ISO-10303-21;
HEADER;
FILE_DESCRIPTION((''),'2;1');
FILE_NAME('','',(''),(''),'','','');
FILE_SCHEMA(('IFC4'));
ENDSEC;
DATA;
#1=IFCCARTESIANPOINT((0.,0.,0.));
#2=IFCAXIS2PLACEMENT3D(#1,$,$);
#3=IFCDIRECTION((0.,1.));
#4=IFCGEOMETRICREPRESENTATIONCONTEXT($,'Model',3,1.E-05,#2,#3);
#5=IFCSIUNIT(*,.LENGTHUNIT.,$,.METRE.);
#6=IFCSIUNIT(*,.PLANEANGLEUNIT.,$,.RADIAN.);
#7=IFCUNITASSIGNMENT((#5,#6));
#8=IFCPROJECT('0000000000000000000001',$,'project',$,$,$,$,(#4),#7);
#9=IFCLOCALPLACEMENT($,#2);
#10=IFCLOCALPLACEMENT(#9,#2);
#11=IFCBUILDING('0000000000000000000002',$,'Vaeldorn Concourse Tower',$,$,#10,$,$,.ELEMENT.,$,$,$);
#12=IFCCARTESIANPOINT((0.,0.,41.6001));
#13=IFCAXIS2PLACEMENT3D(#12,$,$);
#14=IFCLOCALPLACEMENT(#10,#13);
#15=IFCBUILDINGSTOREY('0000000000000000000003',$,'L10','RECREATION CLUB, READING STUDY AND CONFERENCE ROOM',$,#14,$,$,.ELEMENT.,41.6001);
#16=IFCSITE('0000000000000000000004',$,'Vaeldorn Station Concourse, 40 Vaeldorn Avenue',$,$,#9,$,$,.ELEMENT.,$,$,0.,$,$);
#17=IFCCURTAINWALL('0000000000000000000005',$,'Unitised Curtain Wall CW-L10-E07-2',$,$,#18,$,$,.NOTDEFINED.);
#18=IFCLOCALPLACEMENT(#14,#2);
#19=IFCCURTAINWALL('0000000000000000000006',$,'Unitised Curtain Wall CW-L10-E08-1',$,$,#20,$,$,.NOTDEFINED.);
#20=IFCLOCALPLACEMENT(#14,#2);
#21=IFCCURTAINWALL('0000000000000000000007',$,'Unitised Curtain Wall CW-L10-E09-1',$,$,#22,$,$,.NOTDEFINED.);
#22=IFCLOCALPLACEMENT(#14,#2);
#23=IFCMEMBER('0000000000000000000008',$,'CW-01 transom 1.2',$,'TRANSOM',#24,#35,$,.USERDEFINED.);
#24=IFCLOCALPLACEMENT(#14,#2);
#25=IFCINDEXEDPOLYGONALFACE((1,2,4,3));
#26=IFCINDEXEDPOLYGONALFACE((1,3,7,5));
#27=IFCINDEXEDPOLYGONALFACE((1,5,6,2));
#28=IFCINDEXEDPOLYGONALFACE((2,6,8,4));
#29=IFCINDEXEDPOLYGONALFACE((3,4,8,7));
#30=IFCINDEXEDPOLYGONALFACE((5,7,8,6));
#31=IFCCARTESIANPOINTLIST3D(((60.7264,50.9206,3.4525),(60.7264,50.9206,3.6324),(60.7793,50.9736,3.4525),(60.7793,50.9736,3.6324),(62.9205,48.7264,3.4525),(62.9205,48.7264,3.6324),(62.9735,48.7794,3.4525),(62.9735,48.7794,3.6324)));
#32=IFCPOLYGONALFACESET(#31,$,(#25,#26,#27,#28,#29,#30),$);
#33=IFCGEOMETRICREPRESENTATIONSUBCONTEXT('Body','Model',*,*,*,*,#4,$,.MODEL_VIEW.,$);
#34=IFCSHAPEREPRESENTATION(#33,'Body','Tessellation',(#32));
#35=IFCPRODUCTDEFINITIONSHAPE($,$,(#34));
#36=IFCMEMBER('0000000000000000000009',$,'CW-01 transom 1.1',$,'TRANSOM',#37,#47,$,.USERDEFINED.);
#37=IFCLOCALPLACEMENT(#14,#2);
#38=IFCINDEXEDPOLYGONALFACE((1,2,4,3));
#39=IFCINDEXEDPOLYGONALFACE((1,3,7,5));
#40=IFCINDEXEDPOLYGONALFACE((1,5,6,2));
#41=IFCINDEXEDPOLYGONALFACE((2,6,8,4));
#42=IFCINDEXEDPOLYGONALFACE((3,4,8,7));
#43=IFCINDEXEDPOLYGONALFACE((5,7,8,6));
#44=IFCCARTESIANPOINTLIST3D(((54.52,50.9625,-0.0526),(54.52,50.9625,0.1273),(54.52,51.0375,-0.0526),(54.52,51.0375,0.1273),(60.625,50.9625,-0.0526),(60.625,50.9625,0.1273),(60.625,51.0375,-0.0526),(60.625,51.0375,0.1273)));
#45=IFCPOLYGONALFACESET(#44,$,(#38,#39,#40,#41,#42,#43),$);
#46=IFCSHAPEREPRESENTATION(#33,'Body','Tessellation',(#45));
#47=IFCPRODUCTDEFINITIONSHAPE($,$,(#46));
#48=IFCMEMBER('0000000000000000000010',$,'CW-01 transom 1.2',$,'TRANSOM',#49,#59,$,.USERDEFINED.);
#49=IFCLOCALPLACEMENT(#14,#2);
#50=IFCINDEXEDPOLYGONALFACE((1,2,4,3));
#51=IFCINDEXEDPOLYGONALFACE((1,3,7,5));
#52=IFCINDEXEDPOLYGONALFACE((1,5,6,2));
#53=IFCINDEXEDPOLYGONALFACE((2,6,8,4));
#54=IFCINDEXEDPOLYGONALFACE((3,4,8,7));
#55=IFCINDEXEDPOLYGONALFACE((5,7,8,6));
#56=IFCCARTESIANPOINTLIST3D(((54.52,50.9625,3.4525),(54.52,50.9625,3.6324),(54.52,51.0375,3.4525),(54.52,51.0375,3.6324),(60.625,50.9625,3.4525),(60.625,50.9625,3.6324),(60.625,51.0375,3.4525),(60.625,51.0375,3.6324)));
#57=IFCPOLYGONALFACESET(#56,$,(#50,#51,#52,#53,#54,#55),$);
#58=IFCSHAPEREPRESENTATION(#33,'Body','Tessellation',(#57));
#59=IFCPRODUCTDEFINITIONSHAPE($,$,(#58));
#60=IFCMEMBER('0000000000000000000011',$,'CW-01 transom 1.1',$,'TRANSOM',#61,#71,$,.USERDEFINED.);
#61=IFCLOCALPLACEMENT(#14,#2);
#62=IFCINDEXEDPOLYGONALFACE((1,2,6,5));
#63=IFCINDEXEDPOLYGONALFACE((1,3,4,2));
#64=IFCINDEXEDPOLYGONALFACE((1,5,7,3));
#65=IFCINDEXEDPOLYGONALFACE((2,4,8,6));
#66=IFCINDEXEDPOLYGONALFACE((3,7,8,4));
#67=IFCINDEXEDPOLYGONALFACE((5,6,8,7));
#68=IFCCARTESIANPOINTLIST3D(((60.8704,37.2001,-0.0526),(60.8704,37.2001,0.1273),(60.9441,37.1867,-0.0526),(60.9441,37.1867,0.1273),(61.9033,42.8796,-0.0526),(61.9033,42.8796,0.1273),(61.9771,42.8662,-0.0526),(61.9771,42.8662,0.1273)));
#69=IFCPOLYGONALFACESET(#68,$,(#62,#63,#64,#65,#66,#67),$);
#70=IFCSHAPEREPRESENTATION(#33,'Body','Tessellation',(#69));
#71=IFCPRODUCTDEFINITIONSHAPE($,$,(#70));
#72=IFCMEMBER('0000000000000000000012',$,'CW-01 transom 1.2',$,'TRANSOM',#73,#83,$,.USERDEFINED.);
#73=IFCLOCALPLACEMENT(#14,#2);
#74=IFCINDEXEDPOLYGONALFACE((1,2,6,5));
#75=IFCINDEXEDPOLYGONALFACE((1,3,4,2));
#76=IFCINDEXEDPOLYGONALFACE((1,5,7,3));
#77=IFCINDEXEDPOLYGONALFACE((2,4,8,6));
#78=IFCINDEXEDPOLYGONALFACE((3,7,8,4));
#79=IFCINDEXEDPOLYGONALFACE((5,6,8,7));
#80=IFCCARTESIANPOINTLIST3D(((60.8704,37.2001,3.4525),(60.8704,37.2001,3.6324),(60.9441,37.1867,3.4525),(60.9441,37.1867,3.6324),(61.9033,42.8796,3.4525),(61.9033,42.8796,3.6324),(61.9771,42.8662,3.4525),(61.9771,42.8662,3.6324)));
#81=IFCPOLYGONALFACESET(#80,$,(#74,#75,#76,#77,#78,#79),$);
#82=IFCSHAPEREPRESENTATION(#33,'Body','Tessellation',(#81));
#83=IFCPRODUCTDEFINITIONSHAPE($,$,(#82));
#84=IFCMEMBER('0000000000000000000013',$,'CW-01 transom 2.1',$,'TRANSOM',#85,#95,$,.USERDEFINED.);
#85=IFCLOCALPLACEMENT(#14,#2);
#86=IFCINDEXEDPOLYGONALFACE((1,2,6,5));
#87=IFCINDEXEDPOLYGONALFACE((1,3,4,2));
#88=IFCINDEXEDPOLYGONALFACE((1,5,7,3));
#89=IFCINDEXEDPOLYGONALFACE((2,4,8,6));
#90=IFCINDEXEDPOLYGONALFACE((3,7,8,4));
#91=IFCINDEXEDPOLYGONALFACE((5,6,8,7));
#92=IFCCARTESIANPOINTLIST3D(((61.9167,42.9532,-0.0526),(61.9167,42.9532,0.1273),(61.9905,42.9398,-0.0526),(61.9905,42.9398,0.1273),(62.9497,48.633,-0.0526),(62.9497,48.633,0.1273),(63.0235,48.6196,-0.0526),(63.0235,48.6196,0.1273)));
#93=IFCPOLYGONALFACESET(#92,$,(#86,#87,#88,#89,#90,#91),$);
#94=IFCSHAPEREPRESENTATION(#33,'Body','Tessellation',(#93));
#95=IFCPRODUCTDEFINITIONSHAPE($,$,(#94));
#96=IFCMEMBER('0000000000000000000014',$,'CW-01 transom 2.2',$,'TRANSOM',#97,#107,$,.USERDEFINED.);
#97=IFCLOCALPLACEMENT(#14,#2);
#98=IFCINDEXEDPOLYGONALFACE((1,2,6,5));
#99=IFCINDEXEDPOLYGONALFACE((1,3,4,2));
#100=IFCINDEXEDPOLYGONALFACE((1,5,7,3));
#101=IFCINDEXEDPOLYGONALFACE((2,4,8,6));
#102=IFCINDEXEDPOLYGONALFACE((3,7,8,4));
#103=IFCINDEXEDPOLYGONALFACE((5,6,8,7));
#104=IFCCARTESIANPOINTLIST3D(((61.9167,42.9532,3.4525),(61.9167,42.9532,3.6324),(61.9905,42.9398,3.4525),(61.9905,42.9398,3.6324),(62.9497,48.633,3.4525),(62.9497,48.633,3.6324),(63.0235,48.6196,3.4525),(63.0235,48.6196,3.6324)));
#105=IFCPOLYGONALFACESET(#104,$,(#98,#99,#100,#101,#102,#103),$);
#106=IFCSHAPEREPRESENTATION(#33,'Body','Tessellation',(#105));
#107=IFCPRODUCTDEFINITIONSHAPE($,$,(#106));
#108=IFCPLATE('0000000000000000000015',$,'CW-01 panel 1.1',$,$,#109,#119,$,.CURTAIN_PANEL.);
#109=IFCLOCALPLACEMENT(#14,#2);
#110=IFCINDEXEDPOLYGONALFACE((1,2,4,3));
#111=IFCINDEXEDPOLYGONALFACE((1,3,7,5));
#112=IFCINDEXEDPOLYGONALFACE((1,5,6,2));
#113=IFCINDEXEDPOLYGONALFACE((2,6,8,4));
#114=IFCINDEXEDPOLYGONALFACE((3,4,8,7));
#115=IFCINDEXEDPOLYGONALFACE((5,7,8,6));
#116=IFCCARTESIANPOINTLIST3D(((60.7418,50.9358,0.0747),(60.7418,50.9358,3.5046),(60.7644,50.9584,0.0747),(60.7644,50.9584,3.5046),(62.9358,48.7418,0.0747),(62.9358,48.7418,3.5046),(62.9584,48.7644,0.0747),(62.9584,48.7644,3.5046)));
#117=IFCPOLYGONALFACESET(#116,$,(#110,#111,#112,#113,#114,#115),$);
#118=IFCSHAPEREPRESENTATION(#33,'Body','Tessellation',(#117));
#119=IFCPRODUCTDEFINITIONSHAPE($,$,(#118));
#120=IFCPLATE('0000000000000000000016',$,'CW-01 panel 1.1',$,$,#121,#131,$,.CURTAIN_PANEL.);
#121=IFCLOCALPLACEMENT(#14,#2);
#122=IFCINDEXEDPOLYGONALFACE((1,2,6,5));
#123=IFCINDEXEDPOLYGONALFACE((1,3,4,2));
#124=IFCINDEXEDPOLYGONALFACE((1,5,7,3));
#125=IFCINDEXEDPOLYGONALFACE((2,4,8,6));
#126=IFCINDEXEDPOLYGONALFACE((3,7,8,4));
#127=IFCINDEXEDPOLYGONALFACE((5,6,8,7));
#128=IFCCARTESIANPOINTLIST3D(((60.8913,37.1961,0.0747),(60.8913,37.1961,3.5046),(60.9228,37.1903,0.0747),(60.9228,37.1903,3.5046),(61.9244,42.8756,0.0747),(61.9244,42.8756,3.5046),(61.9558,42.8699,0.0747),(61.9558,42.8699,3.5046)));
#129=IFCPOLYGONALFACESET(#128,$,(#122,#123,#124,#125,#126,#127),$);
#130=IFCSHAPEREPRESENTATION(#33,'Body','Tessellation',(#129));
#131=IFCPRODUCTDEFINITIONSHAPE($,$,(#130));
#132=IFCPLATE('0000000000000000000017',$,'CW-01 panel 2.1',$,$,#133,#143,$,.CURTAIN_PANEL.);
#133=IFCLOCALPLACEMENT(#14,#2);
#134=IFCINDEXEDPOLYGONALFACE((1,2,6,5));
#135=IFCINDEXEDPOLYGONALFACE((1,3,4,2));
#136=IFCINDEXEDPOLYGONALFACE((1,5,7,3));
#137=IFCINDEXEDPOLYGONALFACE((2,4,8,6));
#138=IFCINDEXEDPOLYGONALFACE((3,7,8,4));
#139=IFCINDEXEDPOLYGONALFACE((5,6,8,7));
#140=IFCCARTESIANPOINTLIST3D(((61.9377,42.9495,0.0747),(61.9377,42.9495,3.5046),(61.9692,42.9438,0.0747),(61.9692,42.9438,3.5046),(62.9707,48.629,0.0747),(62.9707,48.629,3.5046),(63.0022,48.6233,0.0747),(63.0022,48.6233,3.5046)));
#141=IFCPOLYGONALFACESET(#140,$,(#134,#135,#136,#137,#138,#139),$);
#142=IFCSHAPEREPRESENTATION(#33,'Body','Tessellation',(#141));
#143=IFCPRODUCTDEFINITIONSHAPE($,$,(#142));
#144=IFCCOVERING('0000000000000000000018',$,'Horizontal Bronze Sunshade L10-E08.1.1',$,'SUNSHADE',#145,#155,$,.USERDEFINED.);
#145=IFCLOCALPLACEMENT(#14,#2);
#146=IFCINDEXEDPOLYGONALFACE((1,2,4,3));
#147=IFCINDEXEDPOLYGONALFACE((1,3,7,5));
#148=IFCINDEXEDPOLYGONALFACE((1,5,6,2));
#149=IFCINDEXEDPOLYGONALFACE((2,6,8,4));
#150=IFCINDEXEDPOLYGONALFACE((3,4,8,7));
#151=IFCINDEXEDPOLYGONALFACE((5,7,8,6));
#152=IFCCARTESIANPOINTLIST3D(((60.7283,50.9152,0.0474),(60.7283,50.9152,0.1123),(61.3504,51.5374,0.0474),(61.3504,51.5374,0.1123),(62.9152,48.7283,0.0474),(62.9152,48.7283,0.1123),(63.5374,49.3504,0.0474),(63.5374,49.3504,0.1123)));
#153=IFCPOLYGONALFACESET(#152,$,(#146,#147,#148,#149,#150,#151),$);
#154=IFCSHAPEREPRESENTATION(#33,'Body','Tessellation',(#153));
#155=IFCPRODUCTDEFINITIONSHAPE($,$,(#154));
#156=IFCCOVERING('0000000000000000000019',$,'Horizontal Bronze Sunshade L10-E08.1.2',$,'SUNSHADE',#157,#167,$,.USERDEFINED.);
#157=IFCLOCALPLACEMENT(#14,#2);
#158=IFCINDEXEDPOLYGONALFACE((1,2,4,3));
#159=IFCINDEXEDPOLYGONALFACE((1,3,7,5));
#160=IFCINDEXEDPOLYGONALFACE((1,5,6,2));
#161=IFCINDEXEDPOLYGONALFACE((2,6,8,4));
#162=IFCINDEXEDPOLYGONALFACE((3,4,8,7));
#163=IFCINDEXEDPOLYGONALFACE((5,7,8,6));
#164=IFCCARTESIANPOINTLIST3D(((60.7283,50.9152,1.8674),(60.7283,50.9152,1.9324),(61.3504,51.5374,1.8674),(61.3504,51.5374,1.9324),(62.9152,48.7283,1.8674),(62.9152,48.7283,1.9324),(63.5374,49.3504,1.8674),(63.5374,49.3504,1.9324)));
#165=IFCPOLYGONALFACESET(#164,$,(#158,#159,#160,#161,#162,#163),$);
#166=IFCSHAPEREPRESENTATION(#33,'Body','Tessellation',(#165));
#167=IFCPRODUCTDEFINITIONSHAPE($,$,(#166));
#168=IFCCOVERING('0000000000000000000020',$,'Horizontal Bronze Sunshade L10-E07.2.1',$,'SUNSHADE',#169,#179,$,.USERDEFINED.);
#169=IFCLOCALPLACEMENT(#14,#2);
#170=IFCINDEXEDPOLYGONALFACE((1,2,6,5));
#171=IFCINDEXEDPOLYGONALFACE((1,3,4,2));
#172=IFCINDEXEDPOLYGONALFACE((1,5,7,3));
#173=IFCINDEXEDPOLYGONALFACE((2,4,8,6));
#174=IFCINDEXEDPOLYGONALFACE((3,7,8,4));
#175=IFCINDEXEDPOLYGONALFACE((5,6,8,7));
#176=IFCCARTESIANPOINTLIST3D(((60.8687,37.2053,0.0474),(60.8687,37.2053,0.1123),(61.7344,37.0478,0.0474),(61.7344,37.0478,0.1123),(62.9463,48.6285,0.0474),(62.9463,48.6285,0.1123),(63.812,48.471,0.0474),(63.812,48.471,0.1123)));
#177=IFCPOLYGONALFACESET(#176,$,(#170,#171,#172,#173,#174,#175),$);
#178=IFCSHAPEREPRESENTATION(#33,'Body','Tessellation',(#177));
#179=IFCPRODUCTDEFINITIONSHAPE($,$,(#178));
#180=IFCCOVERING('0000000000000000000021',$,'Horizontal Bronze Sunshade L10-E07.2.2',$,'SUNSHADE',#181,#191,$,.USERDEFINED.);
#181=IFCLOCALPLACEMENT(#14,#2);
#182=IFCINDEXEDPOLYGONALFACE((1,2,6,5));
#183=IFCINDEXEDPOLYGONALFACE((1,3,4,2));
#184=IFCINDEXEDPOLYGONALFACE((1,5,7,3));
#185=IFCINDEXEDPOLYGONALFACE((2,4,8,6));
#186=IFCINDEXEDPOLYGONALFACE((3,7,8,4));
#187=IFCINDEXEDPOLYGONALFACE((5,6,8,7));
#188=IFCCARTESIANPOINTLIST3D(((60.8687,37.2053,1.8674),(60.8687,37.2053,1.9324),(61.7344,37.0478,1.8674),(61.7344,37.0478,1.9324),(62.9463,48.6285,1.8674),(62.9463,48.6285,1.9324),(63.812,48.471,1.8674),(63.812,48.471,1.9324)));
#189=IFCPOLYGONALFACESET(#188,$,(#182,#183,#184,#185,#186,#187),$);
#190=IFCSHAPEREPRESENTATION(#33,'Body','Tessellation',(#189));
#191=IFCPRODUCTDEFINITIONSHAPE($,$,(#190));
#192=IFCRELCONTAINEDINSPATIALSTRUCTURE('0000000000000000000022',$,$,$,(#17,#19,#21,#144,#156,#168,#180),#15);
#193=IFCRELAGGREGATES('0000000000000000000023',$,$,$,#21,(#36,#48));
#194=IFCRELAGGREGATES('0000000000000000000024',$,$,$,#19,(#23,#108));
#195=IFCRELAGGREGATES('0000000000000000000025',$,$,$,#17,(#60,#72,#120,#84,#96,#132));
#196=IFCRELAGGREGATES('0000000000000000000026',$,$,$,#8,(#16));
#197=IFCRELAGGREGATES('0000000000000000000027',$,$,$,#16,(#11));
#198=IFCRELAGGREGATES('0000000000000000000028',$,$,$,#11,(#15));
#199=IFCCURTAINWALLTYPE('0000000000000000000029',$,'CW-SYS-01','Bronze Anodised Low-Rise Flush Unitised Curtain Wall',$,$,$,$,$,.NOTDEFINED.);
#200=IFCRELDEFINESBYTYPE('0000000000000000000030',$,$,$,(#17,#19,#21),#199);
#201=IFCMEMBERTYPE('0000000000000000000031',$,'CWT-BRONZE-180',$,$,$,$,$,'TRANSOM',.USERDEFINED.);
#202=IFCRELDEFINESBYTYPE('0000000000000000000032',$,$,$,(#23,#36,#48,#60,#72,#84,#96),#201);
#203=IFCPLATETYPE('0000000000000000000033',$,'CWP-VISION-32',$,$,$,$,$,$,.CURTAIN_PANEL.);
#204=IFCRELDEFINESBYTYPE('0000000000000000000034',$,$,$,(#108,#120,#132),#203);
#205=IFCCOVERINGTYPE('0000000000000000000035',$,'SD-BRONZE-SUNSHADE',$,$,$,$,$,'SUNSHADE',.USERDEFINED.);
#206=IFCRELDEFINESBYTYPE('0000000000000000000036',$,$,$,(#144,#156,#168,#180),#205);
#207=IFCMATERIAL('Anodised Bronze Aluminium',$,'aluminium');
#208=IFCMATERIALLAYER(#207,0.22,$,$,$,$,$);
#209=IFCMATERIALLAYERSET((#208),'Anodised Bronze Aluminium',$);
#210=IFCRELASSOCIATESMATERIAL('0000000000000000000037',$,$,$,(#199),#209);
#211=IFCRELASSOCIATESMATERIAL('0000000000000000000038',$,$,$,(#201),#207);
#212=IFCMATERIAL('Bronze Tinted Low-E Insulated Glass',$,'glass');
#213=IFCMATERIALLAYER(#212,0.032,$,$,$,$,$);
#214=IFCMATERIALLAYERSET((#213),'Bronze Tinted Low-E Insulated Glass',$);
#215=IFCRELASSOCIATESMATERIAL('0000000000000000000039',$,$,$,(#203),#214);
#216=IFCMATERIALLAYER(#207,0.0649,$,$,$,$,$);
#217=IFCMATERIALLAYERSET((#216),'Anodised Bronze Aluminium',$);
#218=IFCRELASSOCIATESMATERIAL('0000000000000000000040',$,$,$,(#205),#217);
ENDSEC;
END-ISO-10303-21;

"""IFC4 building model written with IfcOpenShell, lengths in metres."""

from ifc_helpers import new_model, si_unit, direction, frame, origin, origin_2d, place, context, subcontext, project, spatial, rectangle, extrude, source, transform, mapped, material, layer, layer_set, material_profile, profile_set, type_object, element, aggregate, save


model = new_model("IFC4")

# Units and contexts
model_context = context("Model", 3, precision=1e-05, world=origin(), true_north=direction((0.0, 1.0)))
body_context = subcontext(model_context, "Body", "Model", "MODEL_VIEW")
ifc_project = project(units=[si_unit("LENGTHUNIT", "METRE"), si_unit("PLANEANGLEUNIT", "RADIAN")], contexts=[model_context])

# Site, building, storey
site_placement = place(None, origin())
site = spatial("IfcSite", under=ifc_project, at=site_placement, Name="Vaeldorn Station Concourse, 40 Vaeldorn Avenue", CompositionType="ELEMENT", RefElevation=0.0)
building_placement = place(site_placement, origin())
building = spatial("IfcBuilding", under=site, at=building_placement, Name="Vaeldorn Concourse Tower", CompositionType="ELEMENT")
storey_placement = place(building_placement, frame((0.0, 0.0, 41.6001)))
storey = spatial("IfcBuildingStorey", under=building, at=storey_placement, Name="L10", Description="RECREATION CLUB, READING STUDY AND CONFERENCE ROOM", CompositionType="ELEMENT", Elevation=41.6001)

# Curtain walls
ifc_material_1 = material(Name="Anodised Bronze Aluminium", Category="aluminium")
ifc_layer_1 = layer(ifc_material_1, 0.22)
ifc_layer_set_1 = layer_set([ifc_layer_1], Name="Anodised Bronze Aluminium")
curtain_wall_type = type_object("IfcCurtainWallType", Name="CW-SYS-01", Description="Bronze Anodised Low-Rise Flush Unitised Curtain Wall", PredefinedType="NOTDEFINED", material=ifc_layer_set_1)
curtain_wall_1_placement = place(storey_placement, origin())
curtain_wall_1 = element("IfcCurtainWall", 1, at=curtain_wall_1_placement, inside=storey, type_object=curtain_wall_type, Name="Unitised Curtain Wall CW-L10-E07-2", PredefinedType="NOTDEFINED")
curtain_wall_2_placement = place(storey_placement, origin())
curtain_wall_2 = element("IfcCurtainWall", 2, at=curtain_wall_2_placement, inside=storey, type_object=curtain_wall_type, Name="Unitised Curtain Wall CW-L10-E08-1", PredefinedType="NOTDEFINED")

# Curtain wall
curtain_wall_3_placement = place(storey_placement, origin())
curtain_wall_3 = element("IfcCurtainWall", 3, at=curtain_wall_3_placement, inside=storey, type_object=curtain_wall_type, Name="Unitised Curtain Wall CW-L10-E09-1", PredefinedType="NOTDEFINED")

# Members
ifc_material_profile_1 = material_profile(ifc_material_1, rectangle(XDim=0.075, YDim=0.1799, at=origin_2d()), Name="CWT 75x180")
ifc_profile_set_1 = profile_set([ifc_material_profile_1], Name="Anodised Bronze Aluminium")
member_type_1 = type_object("IfcMemberType", Name="CWT-BRONZE-180", ElementType="TRANSOM", PredefinedType="USERDEFINED", material=ifc_profile_set_1)
shared_shape_1 = source(origin(), body_context, "Body", "SweptSolid", [
    extrude(rectangle(XDim=0.075, YDim=0.1799, at=origin_2d()), origin(), (0.0, 0.0, 1.0), 3.103),
])
member_1_placement = place(storey_placement, frame((62.947, 48.7529, 3.5425), z_axis=(-0.707107, 0.707107, 0.0), x_axis=(-0.707107, -0.707107, 0.0)))
member_1 = element("IfcMember", 4, at=member_1_placement, type_object=member_type_1, Name="CW-01 transom 1.2", ObjectType="TRANSOM", PredefinedType="USERDEFINED", context=body_context, shape_type="MappedRepresentation", body=[
    mapped(shared_shape_1, transform((0.0, 0.0, 0.0), scale=1.0)),
])
shared_shape_2 = source(origin(), body_context, "Body", "SweptSolid", [
    extrude(rectangle(XDim=0.075, YDim=0.1799, at=origin_2d()), origin(), (0.0, 0.0, 1.0), 6.105),
])
member_2_placement = place(storey_placement, frame((60.625, 51.0, 0.0374), z_axis=(-1.0, 0.0, 0.0), x_axis=(0.0, -1.0, 0.0)))
member_2 = element("IfcMember", 5, at=member_2_placement, type_object=member_type_1, Name="CW-01 transom 1.1", ObjectType="TRANSOM", PredefinedType="USERDEFINED", context=body_context, shape_type="MappedRepresentation", body=[
    mapped(shared_shape_2, transform((0.0, 0.0, 0.0), scale=1.0)),
])
member_3_placement = place(storey_placement, frame((60.625, 51.0, 3.5425), z_axis=(-1.0, 0.0, 0.0), x_axis=(0.0, -1.0, 0.0)))
member_3 = element("IfcMember", 6, at=member_3_placement, type_object=member_type_1, Name="CW-01 transom 1.2", ObjectType="TRANSOM", PredefinedType="USERDEFINED", context=body_context, shape_type="MappedRepresentation", body=[
    mapped(shared_shape_2, transform((0.0, 0.0, 0.0), scale=1.0)),
])
aggregate(curtain_wall_3, [member_2, member_3])
shared_shape_3 = source(origin(), body_context, "Body", "SweptSolid", [
    extrude(rectangle(XDim=0.075, YDim=0.1799, at=origin_2d()), origin(), (0.0, 0.0, 1.0), 5.7727),
])
member_4_placement = place(storey_placement, frame((60.9072, 37.1934, 0.0374), z_axis=(0.178941, 0.98386, 0.0), x_axis=(-0.98386, 0.178941, 0.0)))
member_4 = element("IfcMember", 7, at=member_4_placement, type_object=member_type_1, Name="CW-01 transom 1.1", ObjectType="TRANSOM", PredefinedType="USERDEFINED", context=body_context, shape_type="MappedRepresentation", body=[
    mapped(shared_shape_3, transform((0.0, 0.0, 0.0), scale=1.0)),
])
member_5_placement = place(storey_placement, frame((60.9072, 37.1934, 3.5425), z_axis=(0.178941, 0.98386, 0.0), x_axis=(-0.98386, 0.178941, 0.0)))
member_5 = element("IfcMember", 8, at=member_5_placement, type_object=member_type_1, Name="CW-01 transom 1.2", ObjectType="TRANSOM", PredefinedType="USERDEFINED", context=body_context, shape_type="MappedRepresentation", body=[
    mapped(shared_shape_3, transform((0.0, 0.0, 0.0), scale=1.0)),
])
shared_shape_4 = source(origin(), body_context, "Body", "SweptSolid", [
    extrude(rectangle(XDim=0.075, YDim=0.1799, at=origin_2d()), origin(), (0.0, 0.0, 1.0), 5.7729),
])
member_6_placement = place(storey_placement, frame((61.9536, 42.9465, 0.0374), z_axis=(0.178934, 0.983861, 0.0), x_axis=(-0.983861, 0.178934, 0.0)))
member_6 = element("IfcMember", 9, at=member_6_placement, type_object=member_type_1, Name="CW-01 transom 2.1", ObjectType="TRANSOM", PredefinedType="USERDEFINED", context=body_context, shape_type="MappedRepresentation", body=[
    mapped(shared_shape_4, transform((0.0, 0.0, 0.0), scale=1.0)),
])
member_7_placement = place(storey_placement, frame((61.9536, 42.9465, 3.5425), z_axis=(0.178934, 0.983861, 0.0), x_axis=(-0.983861, 0.178934, 0.0)))
member_7 = element("IfcMember", 10, at=member_7_placement, type_object=member_type_1, Name="CW-01 transom 2.2", ObjectType="TRANSOM", PredefinedType="USERDEFINED", context=body_context, shape_type="MappedRepresentation", body=[
    mapped(shared_shape_4, transform((0.0, 0.0, 0.0), scale=1.0)),
])

# Plates
ifc_material_2 = material(Name="Bronze Tinted Low-E Insulated Glass", Category="glass")
ifc_layer_2 = layer(ifc_material_2, 0.032)
ifc_layer_set_2 = layer_set([ifc_layer_2], Name="Bronze Tinted Low-E Insulated Glass")
plate_type = type_object("IfcPlateType", Name="CWP-VISION-32", PredefinedType="CURTAIN_PANEL", material=ifc_layer_set_2)
shared_shape_5 = source(origin(), body_context, "Body", "SweptSolid", [
    extrude(rectangle(XDim=3.1028, YDim=0.032, at=origin_2d()), origin(), (0.0, 0.0, 1.0), 3.4299),
])
plate_1_placement = place(storey_placement, frame((61.8501, 49.8501, 0.0747), z_axis=(0.0, 0.0, 1.0), x_axis=(-0.707107, 0.707107, 0.0)))
plate_1 = element("IfcPlate", 11, at=plate_1_placement, type_object=plate_type, Name="CW-01 panel 1.1", PredefinedType="CURTAIN_PANEL", context=body_context, shape_type="MappedRepresentation", body=[
    mapped(shared_shape_5, transform((0.0, 0.0, 0.0), scale=1.0)),
])
aggregate(curtain_wall_2, [member_1, plate_1])
shared_shape_6 = source(origin(), body_context, "Body", "SweptSolid", [
    extrude(rectangle(XDim=5.7727, YDim=0.032, at=origin_2d()), origin(), (0.0, 0.0, 1.0), 3.4299),
])
plate_2_placement = place(storey_placement, frame((61.4236, 40.033, 0.0747), z_axis=(0.0, 0.0, 1.0), x_axis=(0.178947, 0.983859, 0.0)))
plate_2 = element("IfcPlate", 12, at=plate_2_placement, type_object=plate_type, Name="CW-01 panel 1.1", PredefinedType="CURTAIN_PANEL", context=body_context, shape_type="MappedRepresentation", body=[
    mapped(shared_shape_6, transform((0.0, 0.0, 0.0), scale=1.0)),
])
plate_3_placement = place(storey_placement, frame((62.47, 45.7864, 0.0747), z_axis=(0.0, 0.0, 1.0), x_axis=(0.178947, 0.983859, 0.0)))
plate_3 = element("IfcPlate", 13, at=plate_3_placement, type_object=plate_type, Name="CW-01 panel 2.1", PredefinedType="CURTAIN_PANEL", context=body_context, shape_type="MappedRepresentation", body=[
    mapped(shared_shape_6, transform((0.0, 0.0, 0.0), scale=1.0)),
])
aggregate(curtain_wall_1, [member_4, member_5, plate_2, member_6, member_7, plate_3])

# Coverings
ifc_layer_3 = layer(ifc_material_1, 0.0649)
ifc_layer_set_3 = layer_set([ifc_layer_3], Name="Anodised Bronze Aluminium")
covering_type = type_object("IfcCoveringType", Name="SD-BRONZE-SUNSHADE", ElementType="SUNSHADE", PredefinedType="USERDEFINED", material=ifc_layer_set_3)
shared_shape_7 = source(origin(), body_context, "Body", "SweptSolid", [
    extrude(rectangle(XDim=3.0928, YDim=0.8799, at=origin_2d()), origin(), (0.0, 0.0, 1.0), 0.0649),
])
for number, where, z_axis, x_axis, name in (
    (14, (62.1328, 50.1328, 0.0474), (0.0, 0.0, 1.0), (-0.707107, 0.707107, 0.0), "Horizontal Bronze Sunshade L10-E08.1.1"),
    (15, (62.1328, 50.1328, 1.8674), (0.0, 0.0, 1.0), (-0.707107, 0.707107, 0.0), "Horizontal Bronze Sunshade L10-E08.1.2"),
):
    element("IfcCovering", number, at=place(storey_placement, frame(where, z_axis=z_axis, x_axis=x_axis)), inside=storey, type_object=covering_type, Name=name, ObjectType="SUNSHADE", PredefinedType="USERDEFINED", context=body_context, shape_type="MappedRepresentation", body=[
        mapped(shared_shape_7, transform((0.0, 0.0, 0.0), scale=1.0)),
    ])
shared_shape_8 = source(origin(), body_context, "Body", "SweptSolid", [
    extrude(rectangle(XDim=11.6106, YDim=0.8799, at=origin_2d()), origin(), (0.0, 0.0, 1.0), 0.0649),
])
for number, where, z_axis, x_axis, name in (
    (16, (62.3403, 42.8381, 0.0474), (0.0, 0.0, 1.0), (0.17894, 0.98386, 0.0), "Horizontal Bronze Sunshade L10-E07.2.1"),
    (17, (62.3403, 42.8381, 1.8674), (0.0, 0.0, 1.0), (0.17894, 0.98386, 0.0), "Horizontal Bronze Sunshade L10-E07.2.2"),
):
    element("IfcCovering", number, at=place(storey_placement, frame(where, z_axis=z_axis, x_axis=x_axis)), inside=storey, type_object=covering_type, Name=name, ObjectType="SUNSHADE", PredefinedType="USERDEFINED", context=body_context, shape_type="MappedRepresentation", body=[
        mapped(shared_shape_8, transform((0.0, 0.0, 0.0), scale=1.0)),
    ])

save(model, "model.ifc")
